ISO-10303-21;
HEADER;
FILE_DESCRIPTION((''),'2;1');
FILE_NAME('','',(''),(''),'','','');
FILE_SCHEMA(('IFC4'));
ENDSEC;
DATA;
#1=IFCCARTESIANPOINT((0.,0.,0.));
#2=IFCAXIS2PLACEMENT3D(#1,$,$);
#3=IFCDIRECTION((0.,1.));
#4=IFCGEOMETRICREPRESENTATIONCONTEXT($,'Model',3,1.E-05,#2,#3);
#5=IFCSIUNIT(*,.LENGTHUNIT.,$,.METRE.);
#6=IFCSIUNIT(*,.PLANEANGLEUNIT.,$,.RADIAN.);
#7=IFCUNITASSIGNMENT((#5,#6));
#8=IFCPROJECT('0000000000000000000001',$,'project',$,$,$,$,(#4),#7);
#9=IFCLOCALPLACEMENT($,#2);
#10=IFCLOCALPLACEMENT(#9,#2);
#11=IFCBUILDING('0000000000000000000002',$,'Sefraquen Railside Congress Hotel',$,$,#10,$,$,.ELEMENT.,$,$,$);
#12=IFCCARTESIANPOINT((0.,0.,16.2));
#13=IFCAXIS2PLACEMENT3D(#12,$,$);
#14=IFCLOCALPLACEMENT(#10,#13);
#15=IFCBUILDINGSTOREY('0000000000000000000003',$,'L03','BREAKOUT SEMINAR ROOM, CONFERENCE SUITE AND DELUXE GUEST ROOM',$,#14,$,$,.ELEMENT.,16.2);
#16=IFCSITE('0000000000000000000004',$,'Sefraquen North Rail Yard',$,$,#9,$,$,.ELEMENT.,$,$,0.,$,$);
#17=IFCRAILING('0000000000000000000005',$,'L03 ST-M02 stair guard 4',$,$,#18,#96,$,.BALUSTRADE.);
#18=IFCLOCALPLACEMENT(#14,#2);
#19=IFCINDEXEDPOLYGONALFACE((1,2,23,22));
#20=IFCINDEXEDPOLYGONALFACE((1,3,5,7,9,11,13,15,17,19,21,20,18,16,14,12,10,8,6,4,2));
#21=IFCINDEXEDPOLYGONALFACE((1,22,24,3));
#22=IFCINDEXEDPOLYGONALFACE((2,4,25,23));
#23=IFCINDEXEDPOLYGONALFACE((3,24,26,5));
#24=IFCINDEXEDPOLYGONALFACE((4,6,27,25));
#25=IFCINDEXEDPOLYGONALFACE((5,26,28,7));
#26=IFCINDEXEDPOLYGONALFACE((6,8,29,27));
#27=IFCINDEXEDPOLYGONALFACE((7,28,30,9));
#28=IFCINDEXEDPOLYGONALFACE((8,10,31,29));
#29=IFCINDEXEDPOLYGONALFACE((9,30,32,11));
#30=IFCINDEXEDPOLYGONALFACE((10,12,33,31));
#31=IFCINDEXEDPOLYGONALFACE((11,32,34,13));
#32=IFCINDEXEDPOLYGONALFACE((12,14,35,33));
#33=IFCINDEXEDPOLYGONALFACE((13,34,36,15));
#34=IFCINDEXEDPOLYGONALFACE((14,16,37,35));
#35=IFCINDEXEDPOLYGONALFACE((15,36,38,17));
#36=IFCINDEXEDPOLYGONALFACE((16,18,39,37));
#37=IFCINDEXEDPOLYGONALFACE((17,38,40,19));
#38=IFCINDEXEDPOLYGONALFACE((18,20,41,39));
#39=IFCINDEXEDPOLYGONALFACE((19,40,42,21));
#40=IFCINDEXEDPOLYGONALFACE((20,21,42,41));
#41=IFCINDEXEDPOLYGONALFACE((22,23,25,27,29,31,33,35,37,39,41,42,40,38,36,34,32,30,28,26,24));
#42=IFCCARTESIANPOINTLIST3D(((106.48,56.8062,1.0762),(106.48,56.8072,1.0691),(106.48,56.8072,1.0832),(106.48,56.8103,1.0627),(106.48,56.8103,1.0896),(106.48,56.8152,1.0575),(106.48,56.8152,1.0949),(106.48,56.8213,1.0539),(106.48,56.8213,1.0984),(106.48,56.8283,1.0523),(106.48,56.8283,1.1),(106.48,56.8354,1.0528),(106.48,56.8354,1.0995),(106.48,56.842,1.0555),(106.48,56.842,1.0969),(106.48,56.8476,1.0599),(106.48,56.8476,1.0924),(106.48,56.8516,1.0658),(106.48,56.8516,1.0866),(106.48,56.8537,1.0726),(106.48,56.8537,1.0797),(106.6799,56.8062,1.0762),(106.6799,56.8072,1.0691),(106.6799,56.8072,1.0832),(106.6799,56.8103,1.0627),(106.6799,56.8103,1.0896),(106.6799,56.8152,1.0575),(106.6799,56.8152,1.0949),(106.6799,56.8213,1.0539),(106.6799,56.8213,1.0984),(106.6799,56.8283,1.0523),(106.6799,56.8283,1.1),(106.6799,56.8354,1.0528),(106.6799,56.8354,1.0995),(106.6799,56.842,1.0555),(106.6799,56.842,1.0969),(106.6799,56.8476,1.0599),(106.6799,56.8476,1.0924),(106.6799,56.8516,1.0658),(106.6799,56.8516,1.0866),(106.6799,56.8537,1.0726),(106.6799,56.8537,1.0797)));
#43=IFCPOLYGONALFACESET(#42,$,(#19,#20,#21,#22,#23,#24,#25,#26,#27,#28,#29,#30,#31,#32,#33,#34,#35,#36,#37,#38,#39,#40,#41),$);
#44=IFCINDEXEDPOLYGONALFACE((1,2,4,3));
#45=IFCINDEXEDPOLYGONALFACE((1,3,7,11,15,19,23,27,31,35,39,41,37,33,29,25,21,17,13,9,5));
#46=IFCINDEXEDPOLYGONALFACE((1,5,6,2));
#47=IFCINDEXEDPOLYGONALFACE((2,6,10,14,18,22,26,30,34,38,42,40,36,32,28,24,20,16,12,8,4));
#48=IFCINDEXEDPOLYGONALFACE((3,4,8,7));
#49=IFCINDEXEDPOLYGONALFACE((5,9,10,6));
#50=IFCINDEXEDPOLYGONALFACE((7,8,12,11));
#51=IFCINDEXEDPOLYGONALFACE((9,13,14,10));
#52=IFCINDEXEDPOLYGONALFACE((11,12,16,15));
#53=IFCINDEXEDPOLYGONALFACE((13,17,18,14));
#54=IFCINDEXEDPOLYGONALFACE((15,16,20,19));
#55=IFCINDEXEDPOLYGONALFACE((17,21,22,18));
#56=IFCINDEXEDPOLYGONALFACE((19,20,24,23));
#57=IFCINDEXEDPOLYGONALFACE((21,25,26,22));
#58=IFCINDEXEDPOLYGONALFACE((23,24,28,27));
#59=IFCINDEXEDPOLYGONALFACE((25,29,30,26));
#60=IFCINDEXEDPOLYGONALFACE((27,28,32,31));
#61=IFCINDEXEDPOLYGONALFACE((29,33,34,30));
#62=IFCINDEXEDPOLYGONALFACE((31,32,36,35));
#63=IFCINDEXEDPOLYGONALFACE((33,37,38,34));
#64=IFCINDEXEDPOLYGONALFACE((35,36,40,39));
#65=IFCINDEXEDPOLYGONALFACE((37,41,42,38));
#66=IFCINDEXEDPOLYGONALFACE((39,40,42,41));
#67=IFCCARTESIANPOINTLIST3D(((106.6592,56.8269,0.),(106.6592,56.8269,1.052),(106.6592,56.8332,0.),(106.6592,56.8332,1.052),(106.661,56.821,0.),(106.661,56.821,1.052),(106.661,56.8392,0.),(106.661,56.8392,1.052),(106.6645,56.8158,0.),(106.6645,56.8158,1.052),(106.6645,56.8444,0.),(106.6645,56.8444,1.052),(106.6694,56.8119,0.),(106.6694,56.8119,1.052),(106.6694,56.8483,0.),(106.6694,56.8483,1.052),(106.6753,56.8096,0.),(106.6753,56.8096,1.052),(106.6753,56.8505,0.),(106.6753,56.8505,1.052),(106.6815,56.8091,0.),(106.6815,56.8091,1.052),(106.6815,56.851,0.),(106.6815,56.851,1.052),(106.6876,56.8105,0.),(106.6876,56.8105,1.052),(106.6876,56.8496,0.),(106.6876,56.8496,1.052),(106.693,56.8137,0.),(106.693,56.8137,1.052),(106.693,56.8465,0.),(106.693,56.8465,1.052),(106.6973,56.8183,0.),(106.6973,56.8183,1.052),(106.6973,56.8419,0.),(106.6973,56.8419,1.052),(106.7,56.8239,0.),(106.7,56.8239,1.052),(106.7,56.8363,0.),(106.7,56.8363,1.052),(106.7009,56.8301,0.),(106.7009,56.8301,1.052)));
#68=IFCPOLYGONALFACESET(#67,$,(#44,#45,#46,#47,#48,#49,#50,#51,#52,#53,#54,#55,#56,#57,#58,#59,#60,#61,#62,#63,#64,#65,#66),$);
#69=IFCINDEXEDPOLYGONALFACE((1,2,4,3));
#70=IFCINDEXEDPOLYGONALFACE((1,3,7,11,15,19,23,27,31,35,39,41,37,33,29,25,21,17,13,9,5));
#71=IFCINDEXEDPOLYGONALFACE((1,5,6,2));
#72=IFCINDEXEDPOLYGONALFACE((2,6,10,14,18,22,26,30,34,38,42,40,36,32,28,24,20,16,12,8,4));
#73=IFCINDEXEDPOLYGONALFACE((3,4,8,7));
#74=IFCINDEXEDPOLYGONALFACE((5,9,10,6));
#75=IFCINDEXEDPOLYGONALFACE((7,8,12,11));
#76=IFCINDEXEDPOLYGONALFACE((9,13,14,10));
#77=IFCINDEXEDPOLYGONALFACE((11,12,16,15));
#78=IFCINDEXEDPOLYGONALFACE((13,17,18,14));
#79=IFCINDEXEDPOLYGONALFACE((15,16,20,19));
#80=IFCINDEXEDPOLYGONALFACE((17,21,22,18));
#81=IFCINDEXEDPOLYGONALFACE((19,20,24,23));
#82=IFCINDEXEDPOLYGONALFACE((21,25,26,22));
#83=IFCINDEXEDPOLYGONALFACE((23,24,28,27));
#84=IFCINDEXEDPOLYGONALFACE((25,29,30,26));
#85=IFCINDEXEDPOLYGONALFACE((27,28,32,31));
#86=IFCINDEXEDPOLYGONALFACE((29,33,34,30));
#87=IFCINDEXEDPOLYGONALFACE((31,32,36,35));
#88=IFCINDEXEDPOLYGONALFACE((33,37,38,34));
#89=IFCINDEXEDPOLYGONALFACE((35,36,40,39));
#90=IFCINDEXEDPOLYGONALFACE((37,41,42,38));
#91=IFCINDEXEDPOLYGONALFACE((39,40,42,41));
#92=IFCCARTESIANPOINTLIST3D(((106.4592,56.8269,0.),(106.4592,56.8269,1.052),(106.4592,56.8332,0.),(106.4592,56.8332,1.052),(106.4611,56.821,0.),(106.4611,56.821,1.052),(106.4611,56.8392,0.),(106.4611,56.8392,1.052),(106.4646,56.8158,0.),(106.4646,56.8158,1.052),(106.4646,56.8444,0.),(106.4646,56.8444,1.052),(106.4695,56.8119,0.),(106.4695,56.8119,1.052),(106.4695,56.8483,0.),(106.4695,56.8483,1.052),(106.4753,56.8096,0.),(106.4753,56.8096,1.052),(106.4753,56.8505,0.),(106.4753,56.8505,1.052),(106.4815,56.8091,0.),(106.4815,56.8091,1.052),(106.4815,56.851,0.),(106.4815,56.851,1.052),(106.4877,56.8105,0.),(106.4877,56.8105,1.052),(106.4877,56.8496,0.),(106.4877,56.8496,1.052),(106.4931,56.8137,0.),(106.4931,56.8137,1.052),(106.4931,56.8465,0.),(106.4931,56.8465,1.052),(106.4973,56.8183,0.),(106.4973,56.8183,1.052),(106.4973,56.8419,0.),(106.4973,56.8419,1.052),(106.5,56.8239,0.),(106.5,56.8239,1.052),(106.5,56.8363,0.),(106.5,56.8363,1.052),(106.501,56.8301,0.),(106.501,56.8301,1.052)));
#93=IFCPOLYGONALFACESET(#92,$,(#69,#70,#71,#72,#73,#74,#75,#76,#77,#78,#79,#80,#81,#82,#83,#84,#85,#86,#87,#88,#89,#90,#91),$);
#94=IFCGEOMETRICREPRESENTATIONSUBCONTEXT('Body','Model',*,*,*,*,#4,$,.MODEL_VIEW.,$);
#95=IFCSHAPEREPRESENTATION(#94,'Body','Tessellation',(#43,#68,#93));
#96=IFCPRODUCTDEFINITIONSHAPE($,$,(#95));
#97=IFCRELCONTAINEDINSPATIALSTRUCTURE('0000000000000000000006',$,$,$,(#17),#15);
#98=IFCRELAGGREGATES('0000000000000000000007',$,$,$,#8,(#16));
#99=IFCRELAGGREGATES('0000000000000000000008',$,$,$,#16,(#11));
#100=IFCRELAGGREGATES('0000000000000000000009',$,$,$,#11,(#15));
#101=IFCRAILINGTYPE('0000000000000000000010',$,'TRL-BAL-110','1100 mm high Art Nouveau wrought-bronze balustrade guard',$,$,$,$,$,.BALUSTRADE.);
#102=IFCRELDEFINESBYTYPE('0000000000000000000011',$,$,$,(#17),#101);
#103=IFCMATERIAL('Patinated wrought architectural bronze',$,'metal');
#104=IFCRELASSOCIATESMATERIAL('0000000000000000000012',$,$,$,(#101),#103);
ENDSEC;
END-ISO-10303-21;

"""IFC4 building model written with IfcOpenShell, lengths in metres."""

from ifc_helpers import new_model, si_unit, direction, frame, origin, origin_2d, place, context, subcontext, project, spatial, circle, extrude, material, type_object, element, save


model = new_model("IFC4")

# Units and contexts
model_context = context("Model", 3, precision=1e-05, world=origin(), true_north=direction((0.0, 1.0)))
body_context = subcontext(model_context, "Body", "Model", "MODEL_VIEW")
ifc_project = project(units=[si_unit("LENGTHUNIT", "METRE"), si_unit("PLANEANGLEUNIT", "RADIAN")], contexts=[model_context])

# Site, building, storey
site_placement = place(None, origin())
site = spatial("IfcSite", under=ifc_project, at=site_placement, Name="Sefraquen North Rail Yard", CompositionType="ELEMENT", RefElevation=0.0)
building_placement = place(site_placement, origin())
building = spatial("IfcBuilding", under=site, at=building_placement, Name="Sefraquen Railside Congress Hotel", CompositionType="ELEMENT")
storey_placement = place(building_placement, frame((0.0, 0.0, 16.2)))
storey = spatial("IfcBuildingStorey", under=building, at=storey_placement, Name="L03", Description="BREAKOUT SEMINAR ROOM, CONFERENCE SUITE AND DELUXE GUEST ROOM", CompositionType="ELEMENT", Elevation=16.2)

# Railing
ifc_material_1 = material(Name="Patinated wrought architectural bronze", Category="metal")
railing_type_1 = type_object("IfcRailingType", Name="TRL-BAL-110", Description="1100 mm high Art Nouveau wrought-bronze balustrade guard", PredefinedType="BALUSTRADE", material=ifc_material_1)
railing_1_placement = place(storey_placement, frame((106.6799, 56.8301, 0.0)))
element("IfcRailing", 1, at=railing_1_placement, inside=storey, type_object=railing_type_1, Name="L03 ST-M02 stair guard 4", PredefinedType="BALUSTRADE", context=body_context, shape_type="SweptSolid", body=[
    extrude(circle(Radius=0.0239, at=origin_2d()), frame((0.0, 0.0, 1.0762), z_axis=(-1.0, 0.0, 0.0), x_axis=(0.0, -1.0, 0.0)), (0.0, 0.0, 1.0), 0.2),
    extrude(circle(Radius=0.021, at=origin_2d()), origin(), (0.0, 0.0, 1.0), 1.052),
    extrude(circle(Radius=0.021, at=origin_2d()), frame((-0.2, 0.0, 0.0)), (0.0, 0.0, 1.0), 1.052),
])

save(model, "model.ifc")
